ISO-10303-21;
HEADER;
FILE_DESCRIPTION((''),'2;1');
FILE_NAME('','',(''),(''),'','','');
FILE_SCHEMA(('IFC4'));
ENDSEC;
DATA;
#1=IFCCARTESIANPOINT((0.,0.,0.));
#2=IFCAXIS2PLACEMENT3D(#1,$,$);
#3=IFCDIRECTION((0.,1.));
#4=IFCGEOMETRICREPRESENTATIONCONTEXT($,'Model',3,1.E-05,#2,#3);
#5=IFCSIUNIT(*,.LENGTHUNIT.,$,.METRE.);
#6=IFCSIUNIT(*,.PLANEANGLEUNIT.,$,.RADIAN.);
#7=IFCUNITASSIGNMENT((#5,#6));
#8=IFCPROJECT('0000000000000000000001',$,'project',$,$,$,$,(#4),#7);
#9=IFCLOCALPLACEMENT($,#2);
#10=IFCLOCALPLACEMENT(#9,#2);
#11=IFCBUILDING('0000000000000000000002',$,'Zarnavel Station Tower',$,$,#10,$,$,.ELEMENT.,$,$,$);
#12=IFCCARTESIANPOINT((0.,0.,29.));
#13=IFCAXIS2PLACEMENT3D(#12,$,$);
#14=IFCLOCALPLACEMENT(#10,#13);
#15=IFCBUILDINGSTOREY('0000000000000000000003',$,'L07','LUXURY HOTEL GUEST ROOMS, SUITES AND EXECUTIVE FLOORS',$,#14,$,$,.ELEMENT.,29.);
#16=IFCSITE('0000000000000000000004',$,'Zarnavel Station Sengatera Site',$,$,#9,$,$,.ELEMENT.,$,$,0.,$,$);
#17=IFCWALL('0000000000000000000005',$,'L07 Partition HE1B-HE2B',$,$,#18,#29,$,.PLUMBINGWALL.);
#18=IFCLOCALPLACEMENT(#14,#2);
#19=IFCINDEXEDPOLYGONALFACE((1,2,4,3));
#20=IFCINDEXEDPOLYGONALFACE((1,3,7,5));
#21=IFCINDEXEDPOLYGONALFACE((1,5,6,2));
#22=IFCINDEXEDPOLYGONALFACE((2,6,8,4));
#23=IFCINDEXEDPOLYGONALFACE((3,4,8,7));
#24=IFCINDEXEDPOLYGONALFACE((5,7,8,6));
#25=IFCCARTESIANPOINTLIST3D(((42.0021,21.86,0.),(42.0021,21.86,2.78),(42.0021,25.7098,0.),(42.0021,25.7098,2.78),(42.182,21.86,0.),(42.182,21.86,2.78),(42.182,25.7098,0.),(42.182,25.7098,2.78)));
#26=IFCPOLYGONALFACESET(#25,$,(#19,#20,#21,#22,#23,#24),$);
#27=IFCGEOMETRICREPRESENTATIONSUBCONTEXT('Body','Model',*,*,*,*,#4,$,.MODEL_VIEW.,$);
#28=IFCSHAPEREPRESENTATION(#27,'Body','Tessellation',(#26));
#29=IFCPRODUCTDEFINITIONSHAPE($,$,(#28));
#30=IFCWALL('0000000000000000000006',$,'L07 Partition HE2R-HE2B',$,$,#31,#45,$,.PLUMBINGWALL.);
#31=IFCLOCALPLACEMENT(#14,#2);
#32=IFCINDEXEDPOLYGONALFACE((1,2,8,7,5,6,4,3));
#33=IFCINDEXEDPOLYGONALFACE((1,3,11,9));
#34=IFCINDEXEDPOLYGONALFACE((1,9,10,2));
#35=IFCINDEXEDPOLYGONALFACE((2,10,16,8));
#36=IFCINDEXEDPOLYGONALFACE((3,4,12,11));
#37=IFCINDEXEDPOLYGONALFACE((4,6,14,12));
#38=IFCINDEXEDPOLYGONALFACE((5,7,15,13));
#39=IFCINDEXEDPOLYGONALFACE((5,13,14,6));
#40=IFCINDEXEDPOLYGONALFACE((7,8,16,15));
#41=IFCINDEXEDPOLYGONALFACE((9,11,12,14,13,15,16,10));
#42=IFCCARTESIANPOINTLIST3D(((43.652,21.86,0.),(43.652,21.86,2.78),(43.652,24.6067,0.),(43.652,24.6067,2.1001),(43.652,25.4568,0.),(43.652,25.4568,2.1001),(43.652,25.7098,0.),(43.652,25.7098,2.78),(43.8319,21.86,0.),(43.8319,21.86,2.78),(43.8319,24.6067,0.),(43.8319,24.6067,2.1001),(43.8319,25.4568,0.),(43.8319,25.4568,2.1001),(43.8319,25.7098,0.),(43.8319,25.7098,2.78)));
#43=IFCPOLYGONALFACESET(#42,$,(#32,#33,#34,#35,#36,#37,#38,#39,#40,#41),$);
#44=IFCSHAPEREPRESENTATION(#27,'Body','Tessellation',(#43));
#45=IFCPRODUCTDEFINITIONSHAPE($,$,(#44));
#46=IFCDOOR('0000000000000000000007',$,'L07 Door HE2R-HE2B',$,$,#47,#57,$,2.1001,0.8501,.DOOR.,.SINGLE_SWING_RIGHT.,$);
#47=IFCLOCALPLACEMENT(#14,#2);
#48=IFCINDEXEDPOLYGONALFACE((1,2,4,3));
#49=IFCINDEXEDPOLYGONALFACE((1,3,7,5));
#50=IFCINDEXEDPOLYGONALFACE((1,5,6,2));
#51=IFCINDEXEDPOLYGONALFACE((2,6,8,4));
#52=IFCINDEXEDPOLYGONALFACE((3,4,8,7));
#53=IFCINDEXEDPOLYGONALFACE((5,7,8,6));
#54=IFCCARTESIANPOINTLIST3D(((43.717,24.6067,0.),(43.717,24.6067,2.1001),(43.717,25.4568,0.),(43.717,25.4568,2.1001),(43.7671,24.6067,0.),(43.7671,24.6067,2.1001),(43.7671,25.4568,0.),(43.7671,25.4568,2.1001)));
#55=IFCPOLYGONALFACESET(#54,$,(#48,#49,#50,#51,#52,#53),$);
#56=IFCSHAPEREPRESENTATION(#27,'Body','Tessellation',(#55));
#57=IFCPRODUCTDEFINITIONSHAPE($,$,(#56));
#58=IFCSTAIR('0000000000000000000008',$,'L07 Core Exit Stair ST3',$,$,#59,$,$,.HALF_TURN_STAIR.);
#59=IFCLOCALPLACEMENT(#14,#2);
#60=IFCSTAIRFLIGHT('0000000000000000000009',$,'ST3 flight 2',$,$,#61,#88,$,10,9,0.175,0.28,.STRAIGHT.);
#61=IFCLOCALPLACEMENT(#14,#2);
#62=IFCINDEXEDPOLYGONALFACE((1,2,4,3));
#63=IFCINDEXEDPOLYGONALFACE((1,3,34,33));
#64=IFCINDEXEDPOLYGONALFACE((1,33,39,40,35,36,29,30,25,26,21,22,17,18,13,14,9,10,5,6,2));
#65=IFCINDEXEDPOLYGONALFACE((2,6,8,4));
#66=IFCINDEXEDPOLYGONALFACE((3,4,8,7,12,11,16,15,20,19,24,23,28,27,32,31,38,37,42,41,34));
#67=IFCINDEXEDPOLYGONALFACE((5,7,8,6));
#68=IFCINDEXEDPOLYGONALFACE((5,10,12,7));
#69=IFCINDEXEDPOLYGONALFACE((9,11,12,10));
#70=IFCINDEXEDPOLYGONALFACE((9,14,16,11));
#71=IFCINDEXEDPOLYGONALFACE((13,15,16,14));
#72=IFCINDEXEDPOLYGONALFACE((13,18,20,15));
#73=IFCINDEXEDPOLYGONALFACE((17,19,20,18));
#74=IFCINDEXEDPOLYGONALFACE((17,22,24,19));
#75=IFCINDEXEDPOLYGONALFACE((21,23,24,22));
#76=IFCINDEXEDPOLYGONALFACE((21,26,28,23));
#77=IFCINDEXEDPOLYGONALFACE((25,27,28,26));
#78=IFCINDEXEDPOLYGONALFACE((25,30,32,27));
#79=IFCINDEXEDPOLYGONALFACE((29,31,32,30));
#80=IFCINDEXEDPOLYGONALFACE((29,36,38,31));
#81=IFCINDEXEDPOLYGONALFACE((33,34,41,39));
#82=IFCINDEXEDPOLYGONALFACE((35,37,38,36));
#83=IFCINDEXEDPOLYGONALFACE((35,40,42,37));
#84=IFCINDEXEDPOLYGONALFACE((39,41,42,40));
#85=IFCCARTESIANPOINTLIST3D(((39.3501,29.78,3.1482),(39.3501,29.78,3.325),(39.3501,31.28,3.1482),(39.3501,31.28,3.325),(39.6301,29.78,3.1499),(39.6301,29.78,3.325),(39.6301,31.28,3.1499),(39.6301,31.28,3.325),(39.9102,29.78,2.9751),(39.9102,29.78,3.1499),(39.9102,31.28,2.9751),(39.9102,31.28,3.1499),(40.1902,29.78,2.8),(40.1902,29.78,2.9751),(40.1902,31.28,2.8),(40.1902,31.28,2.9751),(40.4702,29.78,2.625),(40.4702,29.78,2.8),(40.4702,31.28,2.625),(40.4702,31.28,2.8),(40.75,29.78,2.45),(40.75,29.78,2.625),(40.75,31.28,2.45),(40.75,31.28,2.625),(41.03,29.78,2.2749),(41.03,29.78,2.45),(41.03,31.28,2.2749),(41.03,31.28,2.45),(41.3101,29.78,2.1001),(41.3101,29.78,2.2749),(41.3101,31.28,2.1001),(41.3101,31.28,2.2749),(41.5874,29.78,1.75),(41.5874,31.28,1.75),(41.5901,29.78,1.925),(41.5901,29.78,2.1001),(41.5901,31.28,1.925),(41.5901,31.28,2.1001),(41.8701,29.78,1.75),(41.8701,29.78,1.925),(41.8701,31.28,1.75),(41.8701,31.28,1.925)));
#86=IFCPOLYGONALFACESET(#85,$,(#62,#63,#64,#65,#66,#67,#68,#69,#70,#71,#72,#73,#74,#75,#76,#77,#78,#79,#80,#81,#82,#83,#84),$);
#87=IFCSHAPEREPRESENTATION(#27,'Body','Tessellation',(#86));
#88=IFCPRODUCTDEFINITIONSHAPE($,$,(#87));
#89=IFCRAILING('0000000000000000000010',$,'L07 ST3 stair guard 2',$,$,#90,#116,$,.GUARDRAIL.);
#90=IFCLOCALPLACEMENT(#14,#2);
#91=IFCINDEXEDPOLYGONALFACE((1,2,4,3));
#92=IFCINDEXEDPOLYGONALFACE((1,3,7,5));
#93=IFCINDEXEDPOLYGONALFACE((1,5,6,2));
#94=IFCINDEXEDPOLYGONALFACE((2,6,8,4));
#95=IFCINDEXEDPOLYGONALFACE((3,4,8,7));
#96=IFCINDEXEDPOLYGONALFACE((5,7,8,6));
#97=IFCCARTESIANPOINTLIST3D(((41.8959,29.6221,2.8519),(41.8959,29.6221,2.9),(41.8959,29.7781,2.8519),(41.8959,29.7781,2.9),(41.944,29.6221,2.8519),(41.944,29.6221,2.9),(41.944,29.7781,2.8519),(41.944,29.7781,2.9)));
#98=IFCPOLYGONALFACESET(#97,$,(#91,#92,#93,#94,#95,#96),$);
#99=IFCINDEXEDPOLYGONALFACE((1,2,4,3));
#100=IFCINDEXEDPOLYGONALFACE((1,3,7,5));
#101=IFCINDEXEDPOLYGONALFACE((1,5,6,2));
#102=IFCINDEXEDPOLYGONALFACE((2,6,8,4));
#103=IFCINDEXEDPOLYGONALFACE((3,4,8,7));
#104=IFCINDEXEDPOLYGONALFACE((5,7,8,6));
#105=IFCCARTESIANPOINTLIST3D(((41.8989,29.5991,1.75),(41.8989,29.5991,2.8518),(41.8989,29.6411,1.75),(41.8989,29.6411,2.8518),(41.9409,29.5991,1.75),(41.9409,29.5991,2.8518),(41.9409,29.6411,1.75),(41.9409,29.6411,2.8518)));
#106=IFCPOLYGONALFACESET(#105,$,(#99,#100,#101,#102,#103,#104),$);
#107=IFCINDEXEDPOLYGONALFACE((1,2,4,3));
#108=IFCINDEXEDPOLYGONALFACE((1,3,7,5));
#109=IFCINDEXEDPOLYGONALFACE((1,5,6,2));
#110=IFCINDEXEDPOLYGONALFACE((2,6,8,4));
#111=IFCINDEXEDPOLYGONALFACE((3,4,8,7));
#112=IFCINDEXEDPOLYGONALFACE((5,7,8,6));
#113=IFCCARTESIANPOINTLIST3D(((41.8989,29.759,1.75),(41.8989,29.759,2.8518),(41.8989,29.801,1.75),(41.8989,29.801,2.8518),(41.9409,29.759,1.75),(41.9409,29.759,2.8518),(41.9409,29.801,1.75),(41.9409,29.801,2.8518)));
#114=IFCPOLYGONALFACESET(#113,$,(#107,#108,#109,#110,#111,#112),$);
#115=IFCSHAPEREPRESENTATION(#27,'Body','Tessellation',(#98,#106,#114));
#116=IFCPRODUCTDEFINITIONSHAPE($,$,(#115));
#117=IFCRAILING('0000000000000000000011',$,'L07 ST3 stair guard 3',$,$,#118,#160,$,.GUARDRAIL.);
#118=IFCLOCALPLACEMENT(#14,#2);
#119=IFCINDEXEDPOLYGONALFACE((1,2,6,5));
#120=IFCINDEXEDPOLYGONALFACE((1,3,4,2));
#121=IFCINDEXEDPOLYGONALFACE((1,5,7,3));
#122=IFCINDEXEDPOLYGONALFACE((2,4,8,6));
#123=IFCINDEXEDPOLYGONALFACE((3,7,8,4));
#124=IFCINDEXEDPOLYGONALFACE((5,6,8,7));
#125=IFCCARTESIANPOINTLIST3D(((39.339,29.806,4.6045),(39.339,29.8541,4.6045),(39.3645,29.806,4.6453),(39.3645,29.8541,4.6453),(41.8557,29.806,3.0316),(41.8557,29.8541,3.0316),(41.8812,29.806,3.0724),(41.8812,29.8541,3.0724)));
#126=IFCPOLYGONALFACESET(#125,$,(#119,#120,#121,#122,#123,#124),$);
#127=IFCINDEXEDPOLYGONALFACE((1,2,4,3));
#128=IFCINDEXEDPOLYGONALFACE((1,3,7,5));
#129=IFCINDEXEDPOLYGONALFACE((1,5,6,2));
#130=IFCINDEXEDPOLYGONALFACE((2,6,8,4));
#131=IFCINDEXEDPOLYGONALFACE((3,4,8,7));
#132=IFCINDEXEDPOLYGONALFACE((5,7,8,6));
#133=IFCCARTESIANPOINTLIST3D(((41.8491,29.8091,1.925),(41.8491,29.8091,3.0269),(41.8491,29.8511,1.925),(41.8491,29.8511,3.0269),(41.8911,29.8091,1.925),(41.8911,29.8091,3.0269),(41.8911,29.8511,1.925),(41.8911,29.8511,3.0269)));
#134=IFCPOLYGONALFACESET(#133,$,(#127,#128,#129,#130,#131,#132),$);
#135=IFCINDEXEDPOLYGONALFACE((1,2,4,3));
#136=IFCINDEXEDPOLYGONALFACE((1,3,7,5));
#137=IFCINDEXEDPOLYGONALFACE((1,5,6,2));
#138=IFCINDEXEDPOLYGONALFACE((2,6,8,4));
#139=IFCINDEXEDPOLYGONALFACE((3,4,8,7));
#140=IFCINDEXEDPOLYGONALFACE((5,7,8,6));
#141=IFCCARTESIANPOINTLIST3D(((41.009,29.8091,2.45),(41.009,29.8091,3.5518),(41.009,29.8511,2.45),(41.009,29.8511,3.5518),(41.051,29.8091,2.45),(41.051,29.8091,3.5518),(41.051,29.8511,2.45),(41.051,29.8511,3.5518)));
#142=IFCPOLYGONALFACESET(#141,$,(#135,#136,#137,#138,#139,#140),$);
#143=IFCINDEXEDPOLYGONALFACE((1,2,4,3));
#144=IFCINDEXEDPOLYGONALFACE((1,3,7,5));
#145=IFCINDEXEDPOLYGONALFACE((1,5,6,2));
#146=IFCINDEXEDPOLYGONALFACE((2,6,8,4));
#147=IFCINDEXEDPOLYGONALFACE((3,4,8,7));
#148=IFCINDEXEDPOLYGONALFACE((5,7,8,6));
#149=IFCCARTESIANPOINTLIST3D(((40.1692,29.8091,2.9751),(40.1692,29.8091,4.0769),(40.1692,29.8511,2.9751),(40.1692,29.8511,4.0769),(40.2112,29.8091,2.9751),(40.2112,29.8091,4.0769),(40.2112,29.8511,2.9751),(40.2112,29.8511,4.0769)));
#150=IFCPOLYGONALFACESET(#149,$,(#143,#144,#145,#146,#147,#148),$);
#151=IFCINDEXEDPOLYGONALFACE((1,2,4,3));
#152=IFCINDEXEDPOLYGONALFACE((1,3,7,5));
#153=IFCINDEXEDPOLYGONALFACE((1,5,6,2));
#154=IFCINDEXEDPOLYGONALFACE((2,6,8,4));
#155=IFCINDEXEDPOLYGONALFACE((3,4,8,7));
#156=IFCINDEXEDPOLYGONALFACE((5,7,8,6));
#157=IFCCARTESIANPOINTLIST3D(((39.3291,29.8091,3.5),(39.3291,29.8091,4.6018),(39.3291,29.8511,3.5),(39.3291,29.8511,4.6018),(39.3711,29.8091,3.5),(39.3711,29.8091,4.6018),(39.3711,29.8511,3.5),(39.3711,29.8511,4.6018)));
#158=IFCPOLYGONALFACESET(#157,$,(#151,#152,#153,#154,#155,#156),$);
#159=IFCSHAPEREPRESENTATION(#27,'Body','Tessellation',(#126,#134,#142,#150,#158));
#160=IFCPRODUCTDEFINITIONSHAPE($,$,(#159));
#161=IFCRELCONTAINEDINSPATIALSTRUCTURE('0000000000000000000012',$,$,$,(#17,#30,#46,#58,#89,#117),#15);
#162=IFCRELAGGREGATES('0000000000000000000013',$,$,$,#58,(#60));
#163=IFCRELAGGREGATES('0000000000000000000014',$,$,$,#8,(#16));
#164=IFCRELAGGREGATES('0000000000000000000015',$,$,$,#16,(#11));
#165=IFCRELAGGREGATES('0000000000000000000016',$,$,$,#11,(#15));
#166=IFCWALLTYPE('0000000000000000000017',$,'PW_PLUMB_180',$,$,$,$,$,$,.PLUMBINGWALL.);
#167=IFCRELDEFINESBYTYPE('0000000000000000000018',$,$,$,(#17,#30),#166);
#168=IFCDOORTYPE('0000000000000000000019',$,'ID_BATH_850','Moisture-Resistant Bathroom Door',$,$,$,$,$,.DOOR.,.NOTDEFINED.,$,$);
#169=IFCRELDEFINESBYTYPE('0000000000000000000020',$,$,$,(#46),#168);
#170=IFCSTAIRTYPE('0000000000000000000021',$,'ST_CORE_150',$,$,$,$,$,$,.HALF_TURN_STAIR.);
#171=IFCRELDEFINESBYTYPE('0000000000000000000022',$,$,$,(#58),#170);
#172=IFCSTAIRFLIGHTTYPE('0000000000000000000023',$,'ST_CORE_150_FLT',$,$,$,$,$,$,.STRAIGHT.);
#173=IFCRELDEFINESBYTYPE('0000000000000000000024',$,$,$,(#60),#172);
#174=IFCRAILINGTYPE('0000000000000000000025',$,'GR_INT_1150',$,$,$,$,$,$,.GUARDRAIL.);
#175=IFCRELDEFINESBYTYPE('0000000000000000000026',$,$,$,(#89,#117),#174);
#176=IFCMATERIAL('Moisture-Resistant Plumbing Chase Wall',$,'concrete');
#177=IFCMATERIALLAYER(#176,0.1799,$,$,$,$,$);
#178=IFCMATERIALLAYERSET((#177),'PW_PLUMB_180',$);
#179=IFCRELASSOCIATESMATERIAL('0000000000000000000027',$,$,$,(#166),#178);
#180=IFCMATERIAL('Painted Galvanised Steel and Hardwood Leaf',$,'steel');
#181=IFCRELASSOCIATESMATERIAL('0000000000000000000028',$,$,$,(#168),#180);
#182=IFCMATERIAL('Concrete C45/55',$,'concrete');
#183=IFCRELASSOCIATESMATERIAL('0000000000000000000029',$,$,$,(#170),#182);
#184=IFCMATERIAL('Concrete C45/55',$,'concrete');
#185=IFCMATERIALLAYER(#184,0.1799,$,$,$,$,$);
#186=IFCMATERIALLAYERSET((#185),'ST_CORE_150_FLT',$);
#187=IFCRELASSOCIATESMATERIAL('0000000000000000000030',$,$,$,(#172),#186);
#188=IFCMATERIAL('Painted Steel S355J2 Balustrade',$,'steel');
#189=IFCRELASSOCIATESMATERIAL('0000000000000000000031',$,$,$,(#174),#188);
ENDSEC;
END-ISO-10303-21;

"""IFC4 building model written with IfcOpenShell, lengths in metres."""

from ifc_helpers import new_model, si_unit, direction, frame, frame_2d, origin, origin_2d, place, context, subcontext, project, spatial, polyline, rectangle, outline, extrude, material, layer, layer_set, type_object, element, fill, aggregate, save


model = new_model("IFC4")

# Units and contexts
model_context = context("Model", 3, precision=1e-05, world=origin(), true_north=direction((0.0, 1.0)))
body_context = subcontext(model_context, "Body", "Model", "MODEL_VIEW")
ifc_project = project(units=[si_unit("LENGTHUNIT", "METRE"), si_unit("PLANEANGLEUNIT", "RADIAN")], contexts=[model_context])

# Site, building, storey
site_placement = place(None, origin())
site = spatial("IfcSite", under=ifc_project, at=site_placement, Name="Zarnavel Station Sengatera Site", CompositionType="ELEMENT", RefElevation=0.0)
building_placement = place(site_placement, origin())
building = spatial("IfcBuilding", under=site, at=building_placement, Name="Zarnavel Station Tower", CompositionType="ELEMENT")
storey_placement = place(building_placement, frame((0.0, 0.0, 29.0)))
storey = spatial("IfcBuildingStorey", under=building, at=storey_placement, Name="L07", Description="LUXURY HOTEL GUEST ROOMS, SUITES AND EXECUTIVE FLOORS", CompositionType="ELEMENT", Elevation=29.0)

# Wall
ifc_material_1 = material(Name="Moisture-Resistant Plumbing Chase Wall", Category="concrete")
ifc_layer_1 = layer(ifc_material_1, 0.1799)
ifc_layer_set_1 = layer_set([ifc_layer_1], Name="PW_PLUMB_180")
wall_type_1 = type_object("IfcWallType", Name="PW_PLUMB_180", PredefinedType="PLUMBINGWALL", material=ifc_layer_set_1)
wall_1_placement = place(storey_placement, frame((42.092, 21.8601, 0.0), z_axis=(0.0, 0.0, 1.0), x_axis=(0.0, 1.0, 0.0)))
element("IfcWall", 1, at=wall_1_placement, inside=storey, type_object=wall_type_1, Name="L07 Partition HE1B-HE2B", PredefinedType="PLUMBINGWALL", context=body_context, shape_type="SweptSolid", body=[
    extrude(rectangle(XDim=3.8499, YDim=0.1799, at=frame_2d((1.9248, 0.0))), origin(), (0.0, 0.0, 1.0), 2.78),
])

# Wall, opening, door
wall_2_placement = place(storey_placement, frame((43.7419, 21.8601, 0.0), z_axis=(0.0, 0.0, 1.0), x_axis=(0.0, 1.0, 0.0)))
wall_2 = element("IfcWall", 2, at=wall_2_placement, inside=storey, type_object=wall_type_1, Name="L07 Partition HE2R-HE2B", PredefinedType="PLUMBINGWALL", context=body_context, shape_type="SweptSolid", body=[
    extrude(rectangle(XDim=3.8499, YDim=0.1799, at=frame_2d((1.9248, 0.0))), origin(), (0.0, 0.0, 1.0), 2.78),
])
opening_1_placement = place(wall_2_placement, frame((2.7466, 0.0, 0.0)))
opening_1 = element("IfcOpeningElement", 3, at=opening_1_placement, cuts=wall_2, PredefinedType="OPENING", context=body_context, shape_type="SweptSolid", body=[
    extrude(rectangle(XDim=0.8501, YDim=2.1001, at=frame_2d((0.425, 1.05))), frame((0.0, 0.0999, 0.0), z_axis=(0.0, -1.0, 0.0), x_axis=(1.0, 0.0, 0.0)), (0.0, 0.0, 1.0), 0.2),
])
ifc_material_2 = material(Name="Painted Galvanised Steel and Hardwood Leaf", Category="steel")
door_type_1 = type_object("IfcDoorType", Name="ID_BATH_850", Description="Moisture-Resistant Bathroom Door", OperationType="NOTDEFINED", PredefinedType="DOOR", material=ifc_material_2)
door_1_placement = place(opening_1_placement, origin())
door_1 = element("IfcDoor", 4, at=door_1_placement, inside=storey, type_object=door_type_1, Name="L07 Door HE2R-HE2B", OperationType="SINGLE_SWING_RIGHT", OverallHeight=2.1001, OverallWidth=0.8501, PredefinedType="DOOR", context=body_context, shape_type="SweptSolid", body=[
    extrude(rectangle(XDim=0.8501, YDim=2.1001, at=frame_2d((0.425, 1.05))), frame((0.0, 0.0249, 0.0), z_axis=(0.0, -1.0, 0.0), x_axis=(1.0, 0.0, 0.0)), (0.0, 0.0, 1.0), 0.05),
])
fill(opening_1, door_1)

# Stair, stair flight
ifc_material_3 = material(Name="Concrete C45/55", Category="concrete")
stair_type = type_object("IfcStairType", Name="ST_CORE_150", PredefinedType="HALF_TURN_STAIR", material=ifc_material_3)
stair_placement = place(storey_placement, origin())
stair = element("IfcStair", 5, at=stair_placement, inside=storey, type_object=stair_type, Name="L07 Core Exit Stair ST3", PredefinedType="HALF_TURN_STAIR")
ifc_material_4 = material(Name="Concrete C45/55", Category="concrete")
ifc_layer_2 = layer(ifc_material_4, 0.1799)
ifc_layer_set_2 = layer_set([ifc_layer_2], Name="ST_CORE_150_FLT")
stair_flight_type = type_object("IfcStairFlightType", Name="ST_CORE_150_FLT", PredefinedType="STRAIGHT", material=ifc_layer_set_2)
stair_flight_placement = place(storey_placement, frame((41.8701, 30.53, 1.75), z_axis=(0.0, 0.0, 1.0), x_axis=(-1.0, 0.0, 0.0)))
stair_flight = element("IfcStairFlight", 6, at=stair_flight_placement, type_object=stair_flight_type, Name="ST3 flight 2", NumberOfRisers=10, NumberOfTreads=9, PredefinedType="STRAIGHT", RiserHeight=0.175, TreadLength=0.28, context=body_context, shape_type="SweptSolid", body=[
    extrude(outline(polyline([(0.0, 0.0), (0.0, 0.175), (0.28, 0.175), (0.28, 0.3501), (0.5601, 0.3501), (0.5601, 0.5249), (0.8401, 0.5249), (0.8401, 0.7), (1.1201, 0.7), (1.1201, 0.875), (1.3999, 0.875), (1.3999, 1.05), (1.6799, 1.05), (1.6799, 1.2251), (1.96, 1.2251), (1.96, 1.3999), (2.24, 1.3999), (2.24, 1.575), (2.52, 1.575), (2.52, 1.75), (2.52, 1.3982), (0.2827, 0.0), (0.0, 0.0)])), frame((0.0, 0.75, 0.0), z_axis=(0.0, -1.0, 0.0), x_axis=(1.0, 0.0, 0.0)), (0.0, 0.0, 1.0), 1.5),
])
aggregate(stair, [stair_flight])

# Railings
ifc_material_5 = material(Name="Painted Steel S355J2 Balustrade", Category="steel")
railing_type = type_object("IfcRailingType", Name="GR_INT_1150", PredefinedType="GUARDRAIL", material=ifc_material_5)
railing_1_placement = place(storey_placement, frame((41.9199, 29.6201, 1.75)))
element("IfcRailing", 7, at=railing_1_placement, inside=storey, type_object=railing_type, Name="L07 ST3 stair guard 2", PredefinedType="GUARDRAIL", context=body_context, shape_type="SweptSolid", body=[
    extrude(rectangle(XDim=0.0481, YDim=0.0481, at=origin_2d()), frame((0.0, 0.002, 1.126), z_axis=(0.0, 1.0, 0.0), x_axis=(-1.0, 0.0, 0.0)), (0.0, 0.0, 1.0), 0.156),
    extrude(rectangle(XDim=0.042, YDim=0.042, at=origin_2d()), origin(), (0.0, 0.0, 1.0), 1.1018),
    extrude(rectangle(XDim=0.042, YDim=0.042, at=origin_2d()), frame((0.0, 0.1599, 0.0)), (0.0, 0.0, 1.0), 1.1018),
])
railing_2_placement = place(storey_placement, frame((41.8701, 29.8301, 1.925)))
element("IfcRailing", 8, at=railing_2_placement, inside=storey, type_object=railing_type, Name="L07 ST3 stair guard 3", PredefinedType="GUARDRAIL", context=body_context, shape_type="SweptSolid", body=[
    extrude(rectangle(XDim=0.0481, YDim=0.0481, at=origin_2d()), frame((-0.0017, 0.0, 1.127), z_axis=(-0.848008, 0.0, 0.529984), x_axis=(0.0, -1.0, 0.0)), (0.0, 0.0, 1.0), 2.9678),
    extrude(rectangle(XDim=0.042, YDim=0.042, at=origin_2d()), origin(), (0.0, 0.0, 1.0), 1.1018),
    extrude(rectangle(XDim=0.042, YDim=0.042, at=origin_2d()), frame((-0.8401, 0.0, 0.5249)), (0.0, 0.0, 1.0), 1.1018),
    extrude(rectangle(XDim=0.042, YDim=0.042, at=origin_2d()), frame((-1.6799, 0.0, 1.05)), (0.0, 0.0, 1.0), 1.1018),
    extrude(rectangle(XDim=0.042, YDim=0.042, at=origin_2d()), frame((-2.52, 0.0, 1.575)), (0.0, 0.0, 1.0), 1.1018),
])

save(model, "model.ifc")
